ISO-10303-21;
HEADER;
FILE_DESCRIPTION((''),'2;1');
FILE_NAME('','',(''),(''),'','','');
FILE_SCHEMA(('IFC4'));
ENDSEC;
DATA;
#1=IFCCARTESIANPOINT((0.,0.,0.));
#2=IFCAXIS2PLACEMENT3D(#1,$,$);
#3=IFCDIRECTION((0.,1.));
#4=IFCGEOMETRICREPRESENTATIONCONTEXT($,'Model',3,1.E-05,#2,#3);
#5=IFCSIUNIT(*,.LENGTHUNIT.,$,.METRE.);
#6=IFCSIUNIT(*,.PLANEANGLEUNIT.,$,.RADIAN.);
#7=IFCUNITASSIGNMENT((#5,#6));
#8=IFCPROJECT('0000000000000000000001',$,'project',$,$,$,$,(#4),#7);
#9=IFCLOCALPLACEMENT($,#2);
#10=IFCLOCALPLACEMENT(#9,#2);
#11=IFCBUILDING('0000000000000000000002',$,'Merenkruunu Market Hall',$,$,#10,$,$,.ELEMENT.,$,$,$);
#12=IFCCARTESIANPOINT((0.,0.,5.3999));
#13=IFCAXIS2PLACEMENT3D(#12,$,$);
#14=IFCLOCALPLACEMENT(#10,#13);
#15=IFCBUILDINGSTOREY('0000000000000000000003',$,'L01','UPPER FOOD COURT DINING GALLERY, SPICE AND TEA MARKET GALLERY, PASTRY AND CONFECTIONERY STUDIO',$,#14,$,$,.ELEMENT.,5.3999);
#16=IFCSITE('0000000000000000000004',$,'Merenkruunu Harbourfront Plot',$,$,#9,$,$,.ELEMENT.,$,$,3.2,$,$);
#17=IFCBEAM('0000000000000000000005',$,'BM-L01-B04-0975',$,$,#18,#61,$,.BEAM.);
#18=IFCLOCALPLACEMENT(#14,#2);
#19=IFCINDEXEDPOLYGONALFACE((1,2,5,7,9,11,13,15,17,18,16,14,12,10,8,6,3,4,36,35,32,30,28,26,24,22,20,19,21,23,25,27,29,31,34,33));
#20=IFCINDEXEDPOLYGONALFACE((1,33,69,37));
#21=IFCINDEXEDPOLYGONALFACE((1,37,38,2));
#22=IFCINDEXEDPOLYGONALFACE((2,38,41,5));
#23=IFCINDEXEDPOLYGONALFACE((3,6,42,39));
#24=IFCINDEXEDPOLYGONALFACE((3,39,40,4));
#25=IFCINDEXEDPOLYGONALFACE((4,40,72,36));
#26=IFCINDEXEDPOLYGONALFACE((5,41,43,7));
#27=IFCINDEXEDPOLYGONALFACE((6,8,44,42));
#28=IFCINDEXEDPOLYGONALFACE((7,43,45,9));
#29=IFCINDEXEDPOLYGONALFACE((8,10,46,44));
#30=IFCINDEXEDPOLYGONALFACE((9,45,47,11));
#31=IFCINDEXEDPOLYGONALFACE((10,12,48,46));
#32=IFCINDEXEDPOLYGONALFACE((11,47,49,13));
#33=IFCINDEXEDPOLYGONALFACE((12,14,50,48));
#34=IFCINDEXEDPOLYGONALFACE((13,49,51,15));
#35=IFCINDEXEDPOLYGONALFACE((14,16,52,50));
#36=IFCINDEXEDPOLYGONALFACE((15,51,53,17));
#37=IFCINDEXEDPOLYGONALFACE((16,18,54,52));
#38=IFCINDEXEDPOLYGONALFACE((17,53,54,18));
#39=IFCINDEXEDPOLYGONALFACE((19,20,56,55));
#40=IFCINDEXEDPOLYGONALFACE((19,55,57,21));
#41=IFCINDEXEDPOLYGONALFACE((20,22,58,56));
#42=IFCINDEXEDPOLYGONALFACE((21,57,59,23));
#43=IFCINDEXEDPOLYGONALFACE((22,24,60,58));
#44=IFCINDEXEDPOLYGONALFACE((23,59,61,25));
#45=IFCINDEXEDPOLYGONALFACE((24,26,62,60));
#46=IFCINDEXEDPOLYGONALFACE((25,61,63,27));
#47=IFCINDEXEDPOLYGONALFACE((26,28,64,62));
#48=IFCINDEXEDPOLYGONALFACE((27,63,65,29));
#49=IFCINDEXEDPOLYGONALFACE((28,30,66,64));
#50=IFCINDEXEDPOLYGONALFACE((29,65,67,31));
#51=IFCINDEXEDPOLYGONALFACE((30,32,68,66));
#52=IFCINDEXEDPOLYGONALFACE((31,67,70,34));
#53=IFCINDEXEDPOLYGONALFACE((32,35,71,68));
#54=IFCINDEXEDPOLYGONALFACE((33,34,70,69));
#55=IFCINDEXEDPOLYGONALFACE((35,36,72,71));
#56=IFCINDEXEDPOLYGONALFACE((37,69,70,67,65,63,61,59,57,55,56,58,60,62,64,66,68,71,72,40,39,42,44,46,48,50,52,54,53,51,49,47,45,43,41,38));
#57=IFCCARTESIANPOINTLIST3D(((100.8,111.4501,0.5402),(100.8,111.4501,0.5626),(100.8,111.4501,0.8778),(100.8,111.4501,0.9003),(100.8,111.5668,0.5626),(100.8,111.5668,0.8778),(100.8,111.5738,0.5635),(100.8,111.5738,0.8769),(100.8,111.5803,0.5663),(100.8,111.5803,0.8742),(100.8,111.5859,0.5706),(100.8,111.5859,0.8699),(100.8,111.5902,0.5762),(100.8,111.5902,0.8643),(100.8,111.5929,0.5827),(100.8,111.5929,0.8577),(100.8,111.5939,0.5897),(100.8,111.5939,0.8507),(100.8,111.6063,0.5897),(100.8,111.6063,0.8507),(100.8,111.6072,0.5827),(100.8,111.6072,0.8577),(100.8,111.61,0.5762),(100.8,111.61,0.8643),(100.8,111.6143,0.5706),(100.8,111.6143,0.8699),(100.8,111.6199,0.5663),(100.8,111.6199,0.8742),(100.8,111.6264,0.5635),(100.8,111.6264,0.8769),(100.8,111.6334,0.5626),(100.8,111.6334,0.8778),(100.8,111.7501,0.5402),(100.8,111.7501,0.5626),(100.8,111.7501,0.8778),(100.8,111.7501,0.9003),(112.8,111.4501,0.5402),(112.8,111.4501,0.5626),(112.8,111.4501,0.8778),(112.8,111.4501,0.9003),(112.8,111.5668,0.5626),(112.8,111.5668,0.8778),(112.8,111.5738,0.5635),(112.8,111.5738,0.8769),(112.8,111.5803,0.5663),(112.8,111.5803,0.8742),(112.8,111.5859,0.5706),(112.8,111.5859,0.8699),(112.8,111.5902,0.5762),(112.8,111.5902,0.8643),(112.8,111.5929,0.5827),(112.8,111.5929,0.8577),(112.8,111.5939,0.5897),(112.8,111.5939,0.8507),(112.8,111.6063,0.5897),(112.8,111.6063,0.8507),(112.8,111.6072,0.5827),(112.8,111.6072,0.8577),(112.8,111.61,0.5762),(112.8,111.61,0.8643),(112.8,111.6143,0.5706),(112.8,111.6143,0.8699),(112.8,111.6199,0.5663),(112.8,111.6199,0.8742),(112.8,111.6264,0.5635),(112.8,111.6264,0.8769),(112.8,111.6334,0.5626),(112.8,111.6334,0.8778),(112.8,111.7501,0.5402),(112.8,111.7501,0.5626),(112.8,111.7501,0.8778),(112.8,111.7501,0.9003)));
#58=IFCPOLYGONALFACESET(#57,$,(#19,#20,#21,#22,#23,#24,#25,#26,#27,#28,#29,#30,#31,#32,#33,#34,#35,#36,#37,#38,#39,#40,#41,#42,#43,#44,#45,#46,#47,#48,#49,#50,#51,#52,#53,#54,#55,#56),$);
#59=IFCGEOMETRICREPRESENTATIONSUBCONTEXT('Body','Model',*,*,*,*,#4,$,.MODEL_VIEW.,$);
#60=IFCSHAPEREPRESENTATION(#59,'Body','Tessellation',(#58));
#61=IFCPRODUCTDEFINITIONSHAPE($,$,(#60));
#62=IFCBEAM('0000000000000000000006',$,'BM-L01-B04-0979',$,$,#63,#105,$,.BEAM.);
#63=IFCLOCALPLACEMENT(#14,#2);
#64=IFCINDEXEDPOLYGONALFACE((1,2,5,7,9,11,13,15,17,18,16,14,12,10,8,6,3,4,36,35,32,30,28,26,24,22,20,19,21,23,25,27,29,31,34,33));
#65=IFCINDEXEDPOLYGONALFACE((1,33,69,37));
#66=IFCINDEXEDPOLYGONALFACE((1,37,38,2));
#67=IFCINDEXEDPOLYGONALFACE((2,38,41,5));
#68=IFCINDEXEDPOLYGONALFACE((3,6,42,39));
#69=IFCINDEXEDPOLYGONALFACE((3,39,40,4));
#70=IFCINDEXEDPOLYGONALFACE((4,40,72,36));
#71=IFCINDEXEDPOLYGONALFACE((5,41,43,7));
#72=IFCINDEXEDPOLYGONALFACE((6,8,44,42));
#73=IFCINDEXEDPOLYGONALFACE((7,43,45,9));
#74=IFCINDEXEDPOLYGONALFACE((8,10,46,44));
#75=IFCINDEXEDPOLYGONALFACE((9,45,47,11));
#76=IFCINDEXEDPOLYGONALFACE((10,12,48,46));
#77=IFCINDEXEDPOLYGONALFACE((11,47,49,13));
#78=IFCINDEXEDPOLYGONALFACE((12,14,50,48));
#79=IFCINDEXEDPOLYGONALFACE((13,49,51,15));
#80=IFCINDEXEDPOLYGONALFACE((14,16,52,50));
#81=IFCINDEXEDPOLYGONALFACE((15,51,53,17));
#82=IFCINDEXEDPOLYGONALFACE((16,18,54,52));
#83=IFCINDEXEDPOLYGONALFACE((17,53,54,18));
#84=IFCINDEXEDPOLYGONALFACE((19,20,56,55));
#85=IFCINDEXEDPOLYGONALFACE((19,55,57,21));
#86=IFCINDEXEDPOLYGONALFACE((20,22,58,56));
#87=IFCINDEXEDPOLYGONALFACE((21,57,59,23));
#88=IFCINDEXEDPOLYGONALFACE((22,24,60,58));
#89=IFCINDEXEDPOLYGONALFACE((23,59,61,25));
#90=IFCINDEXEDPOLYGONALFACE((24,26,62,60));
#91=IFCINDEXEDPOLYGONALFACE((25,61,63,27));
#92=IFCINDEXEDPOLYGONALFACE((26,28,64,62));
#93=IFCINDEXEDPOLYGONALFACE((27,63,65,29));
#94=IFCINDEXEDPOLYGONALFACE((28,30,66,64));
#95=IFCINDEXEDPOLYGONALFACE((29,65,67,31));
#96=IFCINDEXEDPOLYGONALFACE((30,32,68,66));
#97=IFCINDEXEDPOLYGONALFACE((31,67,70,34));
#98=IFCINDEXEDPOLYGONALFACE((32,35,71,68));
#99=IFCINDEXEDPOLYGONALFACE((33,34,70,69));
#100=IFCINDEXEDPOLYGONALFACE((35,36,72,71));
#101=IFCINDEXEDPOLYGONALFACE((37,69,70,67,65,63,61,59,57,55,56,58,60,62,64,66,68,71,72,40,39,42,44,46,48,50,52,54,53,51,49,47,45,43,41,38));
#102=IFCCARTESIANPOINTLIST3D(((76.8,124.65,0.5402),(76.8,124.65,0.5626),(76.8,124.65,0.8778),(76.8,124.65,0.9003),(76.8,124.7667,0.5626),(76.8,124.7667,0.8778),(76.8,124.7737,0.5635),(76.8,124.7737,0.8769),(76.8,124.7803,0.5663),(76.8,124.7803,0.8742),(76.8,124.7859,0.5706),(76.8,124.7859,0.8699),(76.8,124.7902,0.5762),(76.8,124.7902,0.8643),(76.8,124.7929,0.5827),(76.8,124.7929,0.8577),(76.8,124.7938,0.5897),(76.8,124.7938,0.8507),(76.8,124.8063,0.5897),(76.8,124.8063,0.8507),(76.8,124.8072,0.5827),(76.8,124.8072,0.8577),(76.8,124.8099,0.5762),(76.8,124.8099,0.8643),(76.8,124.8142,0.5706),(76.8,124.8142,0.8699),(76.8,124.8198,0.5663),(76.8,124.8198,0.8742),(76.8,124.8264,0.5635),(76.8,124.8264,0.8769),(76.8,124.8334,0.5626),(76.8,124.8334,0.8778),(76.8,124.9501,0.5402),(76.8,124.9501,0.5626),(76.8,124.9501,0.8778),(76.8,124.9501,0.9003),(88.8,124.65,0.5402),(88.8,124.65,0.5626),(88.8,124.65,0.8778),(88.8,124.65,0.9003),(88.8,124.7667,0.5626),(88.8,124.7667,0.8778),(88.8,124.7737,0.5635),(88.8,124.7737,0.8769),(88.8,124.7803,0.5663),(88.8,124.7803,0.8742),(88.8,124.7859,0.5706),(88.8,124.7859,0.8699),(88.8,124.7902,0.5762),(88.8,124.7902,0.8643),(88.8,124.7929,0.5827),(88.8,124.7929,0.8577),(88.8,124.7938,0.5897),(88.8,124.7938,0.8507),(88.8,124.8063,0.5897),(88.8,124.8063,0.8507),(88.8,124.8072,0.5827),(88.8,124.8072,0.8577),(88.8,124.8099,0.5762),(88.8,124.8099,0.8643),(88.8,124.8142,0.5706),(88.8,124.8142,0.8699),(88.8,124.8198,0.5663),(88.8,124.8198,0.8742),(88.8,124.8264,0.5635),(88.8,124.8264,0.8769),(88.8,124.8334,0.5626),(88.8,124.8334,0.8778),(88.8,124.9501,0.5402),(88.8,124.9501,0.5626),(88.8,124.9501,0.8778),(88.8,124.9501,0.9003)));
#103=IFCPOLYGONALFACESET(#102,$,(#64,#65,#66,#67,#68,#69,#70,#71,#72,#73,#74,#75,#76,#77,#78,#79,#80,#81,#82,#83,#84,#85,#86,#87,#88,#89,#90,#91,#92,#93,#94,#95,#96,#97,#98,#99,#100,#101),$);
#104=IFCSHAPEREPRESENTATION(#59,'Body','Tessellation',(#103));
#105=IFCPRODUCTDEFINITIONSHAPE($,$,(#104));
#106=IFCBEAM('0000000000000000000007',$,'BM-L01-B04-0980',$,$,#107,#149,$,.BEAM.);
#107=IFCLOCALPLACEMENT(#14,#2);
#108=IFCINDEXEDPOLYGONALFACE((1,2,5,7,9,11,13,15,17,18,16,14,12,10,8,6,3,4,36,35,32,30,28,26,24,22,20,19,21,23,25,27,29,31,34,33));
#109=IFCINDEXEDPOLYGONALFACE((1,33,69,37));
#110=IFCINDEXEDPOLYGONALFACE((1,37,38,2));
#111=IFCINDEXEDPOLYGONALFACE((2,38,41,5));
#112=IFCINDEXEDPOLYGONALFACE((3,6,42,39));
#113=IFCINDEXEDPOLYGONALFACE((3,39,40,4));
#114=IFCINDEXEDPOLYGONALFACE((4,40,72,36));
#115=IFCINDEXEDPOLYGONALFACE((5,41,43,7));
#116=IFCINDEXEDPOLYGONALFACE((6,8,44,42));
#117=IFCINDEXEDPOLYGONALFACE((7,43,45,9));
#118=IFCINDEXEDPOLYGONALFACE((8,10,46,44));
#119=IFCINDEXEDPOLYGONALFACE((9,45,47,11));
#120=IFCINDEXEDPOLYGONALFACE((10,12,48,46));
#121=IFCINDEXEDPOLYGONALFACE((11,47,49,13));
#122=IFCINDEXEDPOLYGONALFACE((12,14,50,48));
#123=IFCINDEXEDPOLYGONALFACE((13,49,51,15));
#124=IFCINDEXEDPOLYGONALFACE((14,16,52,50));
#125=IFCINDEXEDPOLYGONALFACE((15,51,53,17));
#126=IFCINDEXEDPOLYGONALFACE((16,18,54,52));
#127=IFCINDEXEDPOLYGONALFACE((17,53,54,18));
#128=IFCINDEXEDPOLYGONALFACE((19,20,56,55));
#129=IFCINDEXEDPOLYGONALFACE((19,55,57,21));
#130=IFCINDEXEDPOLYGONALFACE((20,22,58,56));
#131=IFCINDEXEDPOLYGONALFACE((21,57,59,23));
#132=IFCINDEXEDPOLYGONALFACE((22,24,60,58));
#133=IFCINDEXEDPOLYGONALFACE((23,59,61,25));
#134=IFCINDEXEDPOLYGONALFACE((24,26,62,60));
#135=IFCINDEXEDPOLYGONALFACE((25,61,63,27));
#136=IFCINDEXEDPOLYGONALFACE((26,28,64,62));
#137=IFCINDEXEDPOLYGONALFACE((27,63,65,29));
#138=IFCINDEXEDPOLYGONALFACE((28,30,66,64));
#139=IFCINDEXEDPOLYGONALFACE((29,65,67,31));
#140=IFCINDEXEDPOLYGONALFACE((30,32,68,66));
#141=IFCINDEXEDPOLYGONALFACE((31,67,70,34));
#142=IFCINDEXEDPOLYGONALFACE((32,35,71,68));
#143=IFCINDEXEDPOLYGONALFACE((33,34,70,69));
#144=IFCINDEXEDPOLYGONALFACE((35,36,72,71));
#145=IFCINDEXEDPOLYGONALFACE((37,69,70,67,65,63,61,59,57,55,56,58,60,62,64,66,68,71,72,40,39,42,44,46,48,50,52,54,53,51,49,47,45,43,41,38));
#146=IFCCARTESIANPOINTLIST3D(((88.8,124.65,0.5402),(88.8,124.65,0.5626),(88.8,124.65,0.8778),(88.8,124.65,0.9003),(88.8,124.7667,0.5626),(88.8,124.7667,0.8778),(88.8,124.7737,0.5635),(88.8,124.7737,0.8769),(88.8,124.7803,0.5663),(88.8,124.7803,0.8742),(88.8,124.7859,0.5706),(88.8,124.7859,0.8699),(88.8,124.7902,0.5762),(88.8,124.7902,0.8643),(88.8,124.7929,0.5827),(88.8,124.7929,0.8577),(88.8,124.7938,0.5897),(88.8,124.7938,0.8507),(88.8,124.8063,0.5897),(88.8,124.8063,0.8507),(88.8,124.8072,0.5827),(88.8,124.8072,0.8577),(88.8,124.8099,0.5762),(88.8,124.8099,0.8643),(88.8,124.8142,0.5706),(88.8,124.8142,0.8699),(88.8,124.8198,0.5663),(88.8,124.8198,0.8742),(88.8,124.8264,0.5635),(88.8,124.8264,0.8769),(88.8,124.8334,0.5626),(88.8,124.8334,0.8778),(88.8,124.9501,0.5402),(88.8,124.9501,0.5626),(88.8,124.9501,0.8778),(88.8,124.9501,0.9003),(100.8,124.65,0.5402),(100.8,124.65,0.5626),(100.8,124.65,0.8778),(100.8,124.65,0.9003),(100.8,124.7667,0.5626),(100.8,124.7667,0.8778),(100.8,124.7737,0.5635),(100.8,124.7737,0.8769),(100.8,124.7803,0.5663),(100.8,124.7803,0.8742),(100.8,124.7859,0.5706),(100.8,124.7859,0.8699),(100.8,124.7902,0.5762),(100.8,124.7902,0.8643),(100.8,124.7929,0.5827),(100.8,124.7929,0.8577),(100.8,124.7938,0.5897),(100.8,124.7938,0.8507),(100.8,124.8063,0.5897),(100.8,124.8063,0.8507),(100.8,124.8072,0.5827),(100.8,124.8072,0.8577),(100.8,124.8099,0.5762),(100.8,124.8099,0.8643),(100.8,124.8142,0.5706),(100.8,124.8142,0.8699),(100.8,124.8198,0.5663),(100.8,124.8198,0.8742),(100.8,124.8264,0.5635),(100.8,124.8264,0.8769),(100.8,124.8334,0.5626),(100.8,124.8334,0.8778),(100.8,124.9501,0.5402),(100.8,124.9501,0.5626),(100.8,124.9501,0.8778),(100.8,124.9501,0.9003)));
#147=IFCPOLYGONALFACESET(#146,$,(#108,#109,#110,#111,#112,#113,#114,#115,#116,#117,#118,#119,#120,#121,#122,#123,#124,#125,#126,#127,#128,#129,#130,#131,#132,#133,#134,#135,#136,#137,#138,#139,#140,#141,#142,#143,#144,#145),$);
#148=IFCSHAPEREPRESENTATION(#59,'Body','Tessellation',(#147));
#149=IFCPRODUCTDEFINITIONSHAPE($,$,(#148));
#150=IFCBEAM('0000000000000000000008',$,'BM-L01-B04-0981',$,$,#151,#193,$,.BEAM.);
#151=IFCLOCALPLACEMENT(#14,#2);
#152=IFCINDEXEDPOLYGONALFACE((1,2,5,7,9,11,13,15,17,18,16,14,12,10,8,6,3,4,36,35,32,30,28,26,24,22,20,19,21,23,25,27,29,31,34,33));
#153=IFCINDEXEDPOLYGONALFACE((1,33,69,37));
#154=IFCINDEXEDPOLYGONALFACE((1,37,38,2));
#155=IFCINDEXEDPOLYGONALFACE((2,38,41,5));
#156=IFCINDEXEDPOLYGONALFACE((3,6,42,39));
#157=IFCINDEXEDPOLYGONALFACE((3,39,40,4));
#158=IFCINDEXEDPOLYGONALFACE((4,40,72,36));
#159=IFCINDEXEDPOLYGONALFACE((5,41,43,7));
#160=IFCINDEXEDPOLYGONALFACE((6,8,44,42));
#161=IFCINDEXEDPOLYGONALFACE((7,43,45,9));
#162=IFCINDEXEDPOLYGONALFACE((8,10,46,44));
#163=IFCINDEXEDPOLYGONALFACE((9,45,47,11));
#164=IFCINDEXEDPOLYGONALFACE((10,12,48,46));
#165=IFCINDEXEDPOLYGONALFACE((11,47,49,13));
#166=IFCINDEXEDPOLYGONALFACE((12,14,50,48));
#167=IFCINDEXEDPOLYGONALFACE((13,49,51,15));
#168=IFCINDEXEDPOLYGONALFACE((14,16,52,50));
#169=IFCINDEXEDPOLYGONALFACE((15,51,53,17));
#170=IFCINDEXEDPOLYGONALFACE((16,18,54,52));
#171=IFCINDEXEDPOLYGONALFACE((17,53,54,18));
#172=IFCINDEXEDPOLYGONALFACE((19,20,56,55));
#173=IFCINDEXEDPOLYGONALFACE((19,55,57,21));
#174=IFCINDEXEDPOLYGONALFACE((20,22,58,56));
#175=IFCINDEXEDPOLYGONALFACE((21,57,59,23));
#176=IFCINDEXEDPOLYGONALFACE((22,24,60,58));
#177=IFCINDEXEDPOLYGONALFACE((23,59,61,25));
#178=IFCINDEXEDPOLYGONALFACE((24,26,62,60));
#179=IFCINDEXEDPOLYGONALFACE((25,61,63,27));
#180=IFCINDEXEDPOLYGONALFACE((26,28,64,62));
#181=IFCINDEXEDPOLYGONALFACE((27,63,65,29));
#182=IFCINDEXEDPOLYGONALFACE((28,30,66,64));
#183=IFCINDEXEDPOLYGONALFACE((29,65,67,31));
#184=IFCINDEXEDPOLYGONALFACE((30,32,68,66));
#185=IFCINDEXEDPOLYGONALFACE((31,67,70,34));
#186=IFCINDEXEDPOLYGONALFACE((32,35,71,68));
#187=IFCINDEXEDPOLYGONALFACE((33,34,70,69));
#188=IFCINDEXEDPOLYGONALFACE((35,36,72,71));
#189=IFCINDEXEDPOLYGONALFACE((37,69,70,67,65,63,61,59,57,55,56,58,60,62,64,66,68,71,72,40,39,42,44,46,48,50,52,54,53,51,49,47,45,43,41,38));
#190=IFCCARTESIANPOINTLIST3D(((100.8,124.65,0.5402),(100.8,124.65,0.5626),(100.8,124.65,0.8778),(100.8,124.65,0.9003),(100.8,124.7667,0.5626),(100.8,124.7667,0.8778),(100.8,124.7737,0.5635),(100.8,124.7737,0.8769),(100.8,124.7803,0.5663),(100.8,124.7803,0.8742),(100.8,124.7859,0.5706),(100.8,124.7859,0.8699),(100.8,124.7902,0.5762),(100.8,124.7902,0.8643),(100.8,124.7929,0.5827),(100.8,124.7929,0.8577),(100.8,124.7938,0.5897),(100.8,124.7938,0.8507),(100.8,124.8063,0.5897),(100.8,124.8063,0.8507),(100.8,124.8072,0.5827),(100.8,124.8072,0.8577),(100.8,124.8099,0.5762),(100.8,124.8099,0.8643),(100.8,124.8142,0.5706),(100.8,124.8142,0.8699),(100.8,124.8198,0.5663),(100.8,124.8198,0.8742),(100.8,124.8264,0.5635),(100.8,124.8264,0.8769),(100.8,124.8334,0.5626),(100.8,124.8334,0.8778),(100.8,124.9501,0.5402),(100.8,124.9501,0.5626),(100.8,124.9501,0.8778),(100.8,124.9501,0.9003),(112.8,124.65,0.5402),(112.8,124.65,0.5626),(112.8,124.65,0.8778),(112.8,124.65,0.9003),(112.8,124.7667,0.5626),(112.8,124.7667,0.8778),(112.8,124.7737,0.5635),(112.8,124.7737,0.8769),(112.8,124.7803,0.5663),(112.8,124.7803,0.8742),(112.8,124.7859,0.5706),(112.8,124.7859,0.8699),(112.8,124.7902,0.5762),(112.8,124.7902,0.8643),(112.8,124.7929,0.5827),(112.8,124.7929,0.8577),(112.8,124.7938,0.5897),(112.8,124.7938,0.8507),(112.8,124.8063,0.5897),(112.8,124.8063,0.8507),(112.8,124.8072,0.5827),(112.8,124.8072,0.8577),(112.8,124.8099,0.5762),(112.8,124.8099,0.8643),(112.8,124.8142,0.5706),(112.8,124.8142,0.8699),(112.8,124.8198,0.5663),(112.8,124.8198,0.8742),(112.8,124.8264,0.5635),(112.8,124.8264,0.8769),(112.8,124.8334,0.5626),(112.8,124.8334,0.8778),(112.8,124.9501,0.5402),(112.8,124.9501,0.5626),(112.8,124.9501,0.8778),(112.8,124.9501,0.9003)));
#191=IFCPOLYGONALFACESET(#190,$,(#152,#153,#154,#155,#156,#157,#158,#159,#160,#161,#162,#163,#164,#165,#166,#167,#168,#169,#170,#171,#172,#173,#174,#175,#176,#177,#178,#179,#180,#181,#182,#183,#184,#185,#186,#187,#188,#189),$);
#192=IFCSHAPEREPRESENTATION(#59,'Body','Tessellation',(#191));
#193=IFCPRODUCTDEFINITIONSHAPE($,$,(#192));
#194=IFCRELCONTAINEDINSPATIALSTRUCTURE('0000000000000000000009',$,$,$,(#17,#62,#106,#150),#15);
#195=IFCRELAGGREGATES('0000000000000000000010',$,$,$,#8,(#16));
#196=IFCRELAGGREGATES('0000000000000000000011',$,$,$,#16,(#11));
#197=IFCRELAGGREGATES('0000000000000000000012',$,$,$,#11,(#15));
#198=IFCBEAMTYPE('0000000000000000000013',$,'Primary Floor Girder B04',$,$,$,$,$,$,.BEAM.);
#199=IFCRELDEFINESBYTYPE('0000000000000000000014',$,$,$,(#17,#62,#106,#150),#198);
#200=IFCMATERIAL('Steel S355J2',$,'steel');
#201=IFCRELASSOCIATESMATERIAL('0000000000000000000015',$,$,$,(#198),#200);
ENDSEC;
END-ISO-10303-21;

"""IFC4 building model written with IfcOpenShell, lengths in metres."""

from ifc_helpers import new_model, si_unit, direction, frame, origin, origin_2d, place, context, subcontext, project, spatial, i_section, extrude, material, material_profile, profile_set, type_object, element, save


model = new_model("IFC4")

# Units and contexts
model_context = context("Model", 3, precision=1e-05, world=origin(), true_north=direction((0.0, 1.0)))
body_context = subcontext(model_context, "Body", "Model", "MODEL_VIEW")
ifc_project = project(units=[si_unit("LENGTHUNIT", "METRE"), si_unit("PLANEANGLEUNIT", "RADIAN")], contexts=[model_context])

# Site, building, storey
site_placement = place(None, origin())
site = spatial("IfcSite", under=ifc_project, at=site_placement, Name="Merenkruunu Harbourfront Plot", CompositionType="ELEMENT", RefElevation=3.2)
building_placement = place(site_placement, origin())
building = spatial("IfcBuilding", under=site, at=building_placement, Name="Merenkruunu Market Hall", CompositionType="ELEMENT")
storey_placement = place(building_placement, frame((0.0, 0.0, 5.3999)))
storey = spatial("IfcBuildingStorey", under=building, at=storey_placement, Name="L01", Description="UPPER FOOD COURT DINING GALLERY, SPICE AND TEA MARKET GALLERY, PASTRY AND CONFECTIONERY STUDIO", CompositionType="ELEMENT", Elevation=5.3999)

# Beams
ifc_material_1 = material(Name="Steel S355J2", Category="steel")
ifc_material_profile_1 = material_profile(ifc_material_1, i_section(OverallWidth=0.3, OverallDepth=0.3601, WebThickness=0.0125, FlangeThickness=0.0225, FilletRadius=0.0271, at=origin_2d()), Name="HEB 360")
ifc_profile_set_1 = profile_set([ifc_material_profile_1], Name="Steel S355J2")
beam_type_1 = type_object("IfcBeamType", Name="Primary Floor Girder B04", PredefinedType="BEAM", material=ifc_profile_set_1)
for number, where, z_axis, x_axis, name in (
    (1, (100.8, 111.6001, 0.7202), (1.0, 0.0, 0.0), (0.0, 1.0, 0.0), "BM-L01-B04-0975"),
    (2, (76.8, 124.8, 0.7202), (1.0, 0.0, 0.0), (0.0, 1.0, 0.0), "BM-L01-B04-0979"),
    (3, (88.8, 124.8, 0.7202), (1.0, 0.0, 0.0), (0.0, 1.0, 0.0), "BM-L01-B04-0980"),
    (4, (100.8, 124.8, 0.7202), (1.0, 0.0, 0.0), (0.0, 1.0, 0.0), "BM-L01-B04-0981"),
):
    element("IfcBeam", number, at=place(storey_placement, frame(where, z_axis=z_axis, x_axis=x_axis)), inside=storey, type_object=beam_type_1, Name=name, PredefinedType="BEAM", context=body_context, shape_type="SweptSolid", body=[
        extrude(i_section(OverallWidth=0.3, OverallDepth=0.3601, WebThickness=0.0125, FlangeThickness=0.0225, FilletRadius=0.0271, at=origin_2d()), origin(), (0.0, 0.0, 1.0), 12.0),
    ])

save(model, "model.ifc")
